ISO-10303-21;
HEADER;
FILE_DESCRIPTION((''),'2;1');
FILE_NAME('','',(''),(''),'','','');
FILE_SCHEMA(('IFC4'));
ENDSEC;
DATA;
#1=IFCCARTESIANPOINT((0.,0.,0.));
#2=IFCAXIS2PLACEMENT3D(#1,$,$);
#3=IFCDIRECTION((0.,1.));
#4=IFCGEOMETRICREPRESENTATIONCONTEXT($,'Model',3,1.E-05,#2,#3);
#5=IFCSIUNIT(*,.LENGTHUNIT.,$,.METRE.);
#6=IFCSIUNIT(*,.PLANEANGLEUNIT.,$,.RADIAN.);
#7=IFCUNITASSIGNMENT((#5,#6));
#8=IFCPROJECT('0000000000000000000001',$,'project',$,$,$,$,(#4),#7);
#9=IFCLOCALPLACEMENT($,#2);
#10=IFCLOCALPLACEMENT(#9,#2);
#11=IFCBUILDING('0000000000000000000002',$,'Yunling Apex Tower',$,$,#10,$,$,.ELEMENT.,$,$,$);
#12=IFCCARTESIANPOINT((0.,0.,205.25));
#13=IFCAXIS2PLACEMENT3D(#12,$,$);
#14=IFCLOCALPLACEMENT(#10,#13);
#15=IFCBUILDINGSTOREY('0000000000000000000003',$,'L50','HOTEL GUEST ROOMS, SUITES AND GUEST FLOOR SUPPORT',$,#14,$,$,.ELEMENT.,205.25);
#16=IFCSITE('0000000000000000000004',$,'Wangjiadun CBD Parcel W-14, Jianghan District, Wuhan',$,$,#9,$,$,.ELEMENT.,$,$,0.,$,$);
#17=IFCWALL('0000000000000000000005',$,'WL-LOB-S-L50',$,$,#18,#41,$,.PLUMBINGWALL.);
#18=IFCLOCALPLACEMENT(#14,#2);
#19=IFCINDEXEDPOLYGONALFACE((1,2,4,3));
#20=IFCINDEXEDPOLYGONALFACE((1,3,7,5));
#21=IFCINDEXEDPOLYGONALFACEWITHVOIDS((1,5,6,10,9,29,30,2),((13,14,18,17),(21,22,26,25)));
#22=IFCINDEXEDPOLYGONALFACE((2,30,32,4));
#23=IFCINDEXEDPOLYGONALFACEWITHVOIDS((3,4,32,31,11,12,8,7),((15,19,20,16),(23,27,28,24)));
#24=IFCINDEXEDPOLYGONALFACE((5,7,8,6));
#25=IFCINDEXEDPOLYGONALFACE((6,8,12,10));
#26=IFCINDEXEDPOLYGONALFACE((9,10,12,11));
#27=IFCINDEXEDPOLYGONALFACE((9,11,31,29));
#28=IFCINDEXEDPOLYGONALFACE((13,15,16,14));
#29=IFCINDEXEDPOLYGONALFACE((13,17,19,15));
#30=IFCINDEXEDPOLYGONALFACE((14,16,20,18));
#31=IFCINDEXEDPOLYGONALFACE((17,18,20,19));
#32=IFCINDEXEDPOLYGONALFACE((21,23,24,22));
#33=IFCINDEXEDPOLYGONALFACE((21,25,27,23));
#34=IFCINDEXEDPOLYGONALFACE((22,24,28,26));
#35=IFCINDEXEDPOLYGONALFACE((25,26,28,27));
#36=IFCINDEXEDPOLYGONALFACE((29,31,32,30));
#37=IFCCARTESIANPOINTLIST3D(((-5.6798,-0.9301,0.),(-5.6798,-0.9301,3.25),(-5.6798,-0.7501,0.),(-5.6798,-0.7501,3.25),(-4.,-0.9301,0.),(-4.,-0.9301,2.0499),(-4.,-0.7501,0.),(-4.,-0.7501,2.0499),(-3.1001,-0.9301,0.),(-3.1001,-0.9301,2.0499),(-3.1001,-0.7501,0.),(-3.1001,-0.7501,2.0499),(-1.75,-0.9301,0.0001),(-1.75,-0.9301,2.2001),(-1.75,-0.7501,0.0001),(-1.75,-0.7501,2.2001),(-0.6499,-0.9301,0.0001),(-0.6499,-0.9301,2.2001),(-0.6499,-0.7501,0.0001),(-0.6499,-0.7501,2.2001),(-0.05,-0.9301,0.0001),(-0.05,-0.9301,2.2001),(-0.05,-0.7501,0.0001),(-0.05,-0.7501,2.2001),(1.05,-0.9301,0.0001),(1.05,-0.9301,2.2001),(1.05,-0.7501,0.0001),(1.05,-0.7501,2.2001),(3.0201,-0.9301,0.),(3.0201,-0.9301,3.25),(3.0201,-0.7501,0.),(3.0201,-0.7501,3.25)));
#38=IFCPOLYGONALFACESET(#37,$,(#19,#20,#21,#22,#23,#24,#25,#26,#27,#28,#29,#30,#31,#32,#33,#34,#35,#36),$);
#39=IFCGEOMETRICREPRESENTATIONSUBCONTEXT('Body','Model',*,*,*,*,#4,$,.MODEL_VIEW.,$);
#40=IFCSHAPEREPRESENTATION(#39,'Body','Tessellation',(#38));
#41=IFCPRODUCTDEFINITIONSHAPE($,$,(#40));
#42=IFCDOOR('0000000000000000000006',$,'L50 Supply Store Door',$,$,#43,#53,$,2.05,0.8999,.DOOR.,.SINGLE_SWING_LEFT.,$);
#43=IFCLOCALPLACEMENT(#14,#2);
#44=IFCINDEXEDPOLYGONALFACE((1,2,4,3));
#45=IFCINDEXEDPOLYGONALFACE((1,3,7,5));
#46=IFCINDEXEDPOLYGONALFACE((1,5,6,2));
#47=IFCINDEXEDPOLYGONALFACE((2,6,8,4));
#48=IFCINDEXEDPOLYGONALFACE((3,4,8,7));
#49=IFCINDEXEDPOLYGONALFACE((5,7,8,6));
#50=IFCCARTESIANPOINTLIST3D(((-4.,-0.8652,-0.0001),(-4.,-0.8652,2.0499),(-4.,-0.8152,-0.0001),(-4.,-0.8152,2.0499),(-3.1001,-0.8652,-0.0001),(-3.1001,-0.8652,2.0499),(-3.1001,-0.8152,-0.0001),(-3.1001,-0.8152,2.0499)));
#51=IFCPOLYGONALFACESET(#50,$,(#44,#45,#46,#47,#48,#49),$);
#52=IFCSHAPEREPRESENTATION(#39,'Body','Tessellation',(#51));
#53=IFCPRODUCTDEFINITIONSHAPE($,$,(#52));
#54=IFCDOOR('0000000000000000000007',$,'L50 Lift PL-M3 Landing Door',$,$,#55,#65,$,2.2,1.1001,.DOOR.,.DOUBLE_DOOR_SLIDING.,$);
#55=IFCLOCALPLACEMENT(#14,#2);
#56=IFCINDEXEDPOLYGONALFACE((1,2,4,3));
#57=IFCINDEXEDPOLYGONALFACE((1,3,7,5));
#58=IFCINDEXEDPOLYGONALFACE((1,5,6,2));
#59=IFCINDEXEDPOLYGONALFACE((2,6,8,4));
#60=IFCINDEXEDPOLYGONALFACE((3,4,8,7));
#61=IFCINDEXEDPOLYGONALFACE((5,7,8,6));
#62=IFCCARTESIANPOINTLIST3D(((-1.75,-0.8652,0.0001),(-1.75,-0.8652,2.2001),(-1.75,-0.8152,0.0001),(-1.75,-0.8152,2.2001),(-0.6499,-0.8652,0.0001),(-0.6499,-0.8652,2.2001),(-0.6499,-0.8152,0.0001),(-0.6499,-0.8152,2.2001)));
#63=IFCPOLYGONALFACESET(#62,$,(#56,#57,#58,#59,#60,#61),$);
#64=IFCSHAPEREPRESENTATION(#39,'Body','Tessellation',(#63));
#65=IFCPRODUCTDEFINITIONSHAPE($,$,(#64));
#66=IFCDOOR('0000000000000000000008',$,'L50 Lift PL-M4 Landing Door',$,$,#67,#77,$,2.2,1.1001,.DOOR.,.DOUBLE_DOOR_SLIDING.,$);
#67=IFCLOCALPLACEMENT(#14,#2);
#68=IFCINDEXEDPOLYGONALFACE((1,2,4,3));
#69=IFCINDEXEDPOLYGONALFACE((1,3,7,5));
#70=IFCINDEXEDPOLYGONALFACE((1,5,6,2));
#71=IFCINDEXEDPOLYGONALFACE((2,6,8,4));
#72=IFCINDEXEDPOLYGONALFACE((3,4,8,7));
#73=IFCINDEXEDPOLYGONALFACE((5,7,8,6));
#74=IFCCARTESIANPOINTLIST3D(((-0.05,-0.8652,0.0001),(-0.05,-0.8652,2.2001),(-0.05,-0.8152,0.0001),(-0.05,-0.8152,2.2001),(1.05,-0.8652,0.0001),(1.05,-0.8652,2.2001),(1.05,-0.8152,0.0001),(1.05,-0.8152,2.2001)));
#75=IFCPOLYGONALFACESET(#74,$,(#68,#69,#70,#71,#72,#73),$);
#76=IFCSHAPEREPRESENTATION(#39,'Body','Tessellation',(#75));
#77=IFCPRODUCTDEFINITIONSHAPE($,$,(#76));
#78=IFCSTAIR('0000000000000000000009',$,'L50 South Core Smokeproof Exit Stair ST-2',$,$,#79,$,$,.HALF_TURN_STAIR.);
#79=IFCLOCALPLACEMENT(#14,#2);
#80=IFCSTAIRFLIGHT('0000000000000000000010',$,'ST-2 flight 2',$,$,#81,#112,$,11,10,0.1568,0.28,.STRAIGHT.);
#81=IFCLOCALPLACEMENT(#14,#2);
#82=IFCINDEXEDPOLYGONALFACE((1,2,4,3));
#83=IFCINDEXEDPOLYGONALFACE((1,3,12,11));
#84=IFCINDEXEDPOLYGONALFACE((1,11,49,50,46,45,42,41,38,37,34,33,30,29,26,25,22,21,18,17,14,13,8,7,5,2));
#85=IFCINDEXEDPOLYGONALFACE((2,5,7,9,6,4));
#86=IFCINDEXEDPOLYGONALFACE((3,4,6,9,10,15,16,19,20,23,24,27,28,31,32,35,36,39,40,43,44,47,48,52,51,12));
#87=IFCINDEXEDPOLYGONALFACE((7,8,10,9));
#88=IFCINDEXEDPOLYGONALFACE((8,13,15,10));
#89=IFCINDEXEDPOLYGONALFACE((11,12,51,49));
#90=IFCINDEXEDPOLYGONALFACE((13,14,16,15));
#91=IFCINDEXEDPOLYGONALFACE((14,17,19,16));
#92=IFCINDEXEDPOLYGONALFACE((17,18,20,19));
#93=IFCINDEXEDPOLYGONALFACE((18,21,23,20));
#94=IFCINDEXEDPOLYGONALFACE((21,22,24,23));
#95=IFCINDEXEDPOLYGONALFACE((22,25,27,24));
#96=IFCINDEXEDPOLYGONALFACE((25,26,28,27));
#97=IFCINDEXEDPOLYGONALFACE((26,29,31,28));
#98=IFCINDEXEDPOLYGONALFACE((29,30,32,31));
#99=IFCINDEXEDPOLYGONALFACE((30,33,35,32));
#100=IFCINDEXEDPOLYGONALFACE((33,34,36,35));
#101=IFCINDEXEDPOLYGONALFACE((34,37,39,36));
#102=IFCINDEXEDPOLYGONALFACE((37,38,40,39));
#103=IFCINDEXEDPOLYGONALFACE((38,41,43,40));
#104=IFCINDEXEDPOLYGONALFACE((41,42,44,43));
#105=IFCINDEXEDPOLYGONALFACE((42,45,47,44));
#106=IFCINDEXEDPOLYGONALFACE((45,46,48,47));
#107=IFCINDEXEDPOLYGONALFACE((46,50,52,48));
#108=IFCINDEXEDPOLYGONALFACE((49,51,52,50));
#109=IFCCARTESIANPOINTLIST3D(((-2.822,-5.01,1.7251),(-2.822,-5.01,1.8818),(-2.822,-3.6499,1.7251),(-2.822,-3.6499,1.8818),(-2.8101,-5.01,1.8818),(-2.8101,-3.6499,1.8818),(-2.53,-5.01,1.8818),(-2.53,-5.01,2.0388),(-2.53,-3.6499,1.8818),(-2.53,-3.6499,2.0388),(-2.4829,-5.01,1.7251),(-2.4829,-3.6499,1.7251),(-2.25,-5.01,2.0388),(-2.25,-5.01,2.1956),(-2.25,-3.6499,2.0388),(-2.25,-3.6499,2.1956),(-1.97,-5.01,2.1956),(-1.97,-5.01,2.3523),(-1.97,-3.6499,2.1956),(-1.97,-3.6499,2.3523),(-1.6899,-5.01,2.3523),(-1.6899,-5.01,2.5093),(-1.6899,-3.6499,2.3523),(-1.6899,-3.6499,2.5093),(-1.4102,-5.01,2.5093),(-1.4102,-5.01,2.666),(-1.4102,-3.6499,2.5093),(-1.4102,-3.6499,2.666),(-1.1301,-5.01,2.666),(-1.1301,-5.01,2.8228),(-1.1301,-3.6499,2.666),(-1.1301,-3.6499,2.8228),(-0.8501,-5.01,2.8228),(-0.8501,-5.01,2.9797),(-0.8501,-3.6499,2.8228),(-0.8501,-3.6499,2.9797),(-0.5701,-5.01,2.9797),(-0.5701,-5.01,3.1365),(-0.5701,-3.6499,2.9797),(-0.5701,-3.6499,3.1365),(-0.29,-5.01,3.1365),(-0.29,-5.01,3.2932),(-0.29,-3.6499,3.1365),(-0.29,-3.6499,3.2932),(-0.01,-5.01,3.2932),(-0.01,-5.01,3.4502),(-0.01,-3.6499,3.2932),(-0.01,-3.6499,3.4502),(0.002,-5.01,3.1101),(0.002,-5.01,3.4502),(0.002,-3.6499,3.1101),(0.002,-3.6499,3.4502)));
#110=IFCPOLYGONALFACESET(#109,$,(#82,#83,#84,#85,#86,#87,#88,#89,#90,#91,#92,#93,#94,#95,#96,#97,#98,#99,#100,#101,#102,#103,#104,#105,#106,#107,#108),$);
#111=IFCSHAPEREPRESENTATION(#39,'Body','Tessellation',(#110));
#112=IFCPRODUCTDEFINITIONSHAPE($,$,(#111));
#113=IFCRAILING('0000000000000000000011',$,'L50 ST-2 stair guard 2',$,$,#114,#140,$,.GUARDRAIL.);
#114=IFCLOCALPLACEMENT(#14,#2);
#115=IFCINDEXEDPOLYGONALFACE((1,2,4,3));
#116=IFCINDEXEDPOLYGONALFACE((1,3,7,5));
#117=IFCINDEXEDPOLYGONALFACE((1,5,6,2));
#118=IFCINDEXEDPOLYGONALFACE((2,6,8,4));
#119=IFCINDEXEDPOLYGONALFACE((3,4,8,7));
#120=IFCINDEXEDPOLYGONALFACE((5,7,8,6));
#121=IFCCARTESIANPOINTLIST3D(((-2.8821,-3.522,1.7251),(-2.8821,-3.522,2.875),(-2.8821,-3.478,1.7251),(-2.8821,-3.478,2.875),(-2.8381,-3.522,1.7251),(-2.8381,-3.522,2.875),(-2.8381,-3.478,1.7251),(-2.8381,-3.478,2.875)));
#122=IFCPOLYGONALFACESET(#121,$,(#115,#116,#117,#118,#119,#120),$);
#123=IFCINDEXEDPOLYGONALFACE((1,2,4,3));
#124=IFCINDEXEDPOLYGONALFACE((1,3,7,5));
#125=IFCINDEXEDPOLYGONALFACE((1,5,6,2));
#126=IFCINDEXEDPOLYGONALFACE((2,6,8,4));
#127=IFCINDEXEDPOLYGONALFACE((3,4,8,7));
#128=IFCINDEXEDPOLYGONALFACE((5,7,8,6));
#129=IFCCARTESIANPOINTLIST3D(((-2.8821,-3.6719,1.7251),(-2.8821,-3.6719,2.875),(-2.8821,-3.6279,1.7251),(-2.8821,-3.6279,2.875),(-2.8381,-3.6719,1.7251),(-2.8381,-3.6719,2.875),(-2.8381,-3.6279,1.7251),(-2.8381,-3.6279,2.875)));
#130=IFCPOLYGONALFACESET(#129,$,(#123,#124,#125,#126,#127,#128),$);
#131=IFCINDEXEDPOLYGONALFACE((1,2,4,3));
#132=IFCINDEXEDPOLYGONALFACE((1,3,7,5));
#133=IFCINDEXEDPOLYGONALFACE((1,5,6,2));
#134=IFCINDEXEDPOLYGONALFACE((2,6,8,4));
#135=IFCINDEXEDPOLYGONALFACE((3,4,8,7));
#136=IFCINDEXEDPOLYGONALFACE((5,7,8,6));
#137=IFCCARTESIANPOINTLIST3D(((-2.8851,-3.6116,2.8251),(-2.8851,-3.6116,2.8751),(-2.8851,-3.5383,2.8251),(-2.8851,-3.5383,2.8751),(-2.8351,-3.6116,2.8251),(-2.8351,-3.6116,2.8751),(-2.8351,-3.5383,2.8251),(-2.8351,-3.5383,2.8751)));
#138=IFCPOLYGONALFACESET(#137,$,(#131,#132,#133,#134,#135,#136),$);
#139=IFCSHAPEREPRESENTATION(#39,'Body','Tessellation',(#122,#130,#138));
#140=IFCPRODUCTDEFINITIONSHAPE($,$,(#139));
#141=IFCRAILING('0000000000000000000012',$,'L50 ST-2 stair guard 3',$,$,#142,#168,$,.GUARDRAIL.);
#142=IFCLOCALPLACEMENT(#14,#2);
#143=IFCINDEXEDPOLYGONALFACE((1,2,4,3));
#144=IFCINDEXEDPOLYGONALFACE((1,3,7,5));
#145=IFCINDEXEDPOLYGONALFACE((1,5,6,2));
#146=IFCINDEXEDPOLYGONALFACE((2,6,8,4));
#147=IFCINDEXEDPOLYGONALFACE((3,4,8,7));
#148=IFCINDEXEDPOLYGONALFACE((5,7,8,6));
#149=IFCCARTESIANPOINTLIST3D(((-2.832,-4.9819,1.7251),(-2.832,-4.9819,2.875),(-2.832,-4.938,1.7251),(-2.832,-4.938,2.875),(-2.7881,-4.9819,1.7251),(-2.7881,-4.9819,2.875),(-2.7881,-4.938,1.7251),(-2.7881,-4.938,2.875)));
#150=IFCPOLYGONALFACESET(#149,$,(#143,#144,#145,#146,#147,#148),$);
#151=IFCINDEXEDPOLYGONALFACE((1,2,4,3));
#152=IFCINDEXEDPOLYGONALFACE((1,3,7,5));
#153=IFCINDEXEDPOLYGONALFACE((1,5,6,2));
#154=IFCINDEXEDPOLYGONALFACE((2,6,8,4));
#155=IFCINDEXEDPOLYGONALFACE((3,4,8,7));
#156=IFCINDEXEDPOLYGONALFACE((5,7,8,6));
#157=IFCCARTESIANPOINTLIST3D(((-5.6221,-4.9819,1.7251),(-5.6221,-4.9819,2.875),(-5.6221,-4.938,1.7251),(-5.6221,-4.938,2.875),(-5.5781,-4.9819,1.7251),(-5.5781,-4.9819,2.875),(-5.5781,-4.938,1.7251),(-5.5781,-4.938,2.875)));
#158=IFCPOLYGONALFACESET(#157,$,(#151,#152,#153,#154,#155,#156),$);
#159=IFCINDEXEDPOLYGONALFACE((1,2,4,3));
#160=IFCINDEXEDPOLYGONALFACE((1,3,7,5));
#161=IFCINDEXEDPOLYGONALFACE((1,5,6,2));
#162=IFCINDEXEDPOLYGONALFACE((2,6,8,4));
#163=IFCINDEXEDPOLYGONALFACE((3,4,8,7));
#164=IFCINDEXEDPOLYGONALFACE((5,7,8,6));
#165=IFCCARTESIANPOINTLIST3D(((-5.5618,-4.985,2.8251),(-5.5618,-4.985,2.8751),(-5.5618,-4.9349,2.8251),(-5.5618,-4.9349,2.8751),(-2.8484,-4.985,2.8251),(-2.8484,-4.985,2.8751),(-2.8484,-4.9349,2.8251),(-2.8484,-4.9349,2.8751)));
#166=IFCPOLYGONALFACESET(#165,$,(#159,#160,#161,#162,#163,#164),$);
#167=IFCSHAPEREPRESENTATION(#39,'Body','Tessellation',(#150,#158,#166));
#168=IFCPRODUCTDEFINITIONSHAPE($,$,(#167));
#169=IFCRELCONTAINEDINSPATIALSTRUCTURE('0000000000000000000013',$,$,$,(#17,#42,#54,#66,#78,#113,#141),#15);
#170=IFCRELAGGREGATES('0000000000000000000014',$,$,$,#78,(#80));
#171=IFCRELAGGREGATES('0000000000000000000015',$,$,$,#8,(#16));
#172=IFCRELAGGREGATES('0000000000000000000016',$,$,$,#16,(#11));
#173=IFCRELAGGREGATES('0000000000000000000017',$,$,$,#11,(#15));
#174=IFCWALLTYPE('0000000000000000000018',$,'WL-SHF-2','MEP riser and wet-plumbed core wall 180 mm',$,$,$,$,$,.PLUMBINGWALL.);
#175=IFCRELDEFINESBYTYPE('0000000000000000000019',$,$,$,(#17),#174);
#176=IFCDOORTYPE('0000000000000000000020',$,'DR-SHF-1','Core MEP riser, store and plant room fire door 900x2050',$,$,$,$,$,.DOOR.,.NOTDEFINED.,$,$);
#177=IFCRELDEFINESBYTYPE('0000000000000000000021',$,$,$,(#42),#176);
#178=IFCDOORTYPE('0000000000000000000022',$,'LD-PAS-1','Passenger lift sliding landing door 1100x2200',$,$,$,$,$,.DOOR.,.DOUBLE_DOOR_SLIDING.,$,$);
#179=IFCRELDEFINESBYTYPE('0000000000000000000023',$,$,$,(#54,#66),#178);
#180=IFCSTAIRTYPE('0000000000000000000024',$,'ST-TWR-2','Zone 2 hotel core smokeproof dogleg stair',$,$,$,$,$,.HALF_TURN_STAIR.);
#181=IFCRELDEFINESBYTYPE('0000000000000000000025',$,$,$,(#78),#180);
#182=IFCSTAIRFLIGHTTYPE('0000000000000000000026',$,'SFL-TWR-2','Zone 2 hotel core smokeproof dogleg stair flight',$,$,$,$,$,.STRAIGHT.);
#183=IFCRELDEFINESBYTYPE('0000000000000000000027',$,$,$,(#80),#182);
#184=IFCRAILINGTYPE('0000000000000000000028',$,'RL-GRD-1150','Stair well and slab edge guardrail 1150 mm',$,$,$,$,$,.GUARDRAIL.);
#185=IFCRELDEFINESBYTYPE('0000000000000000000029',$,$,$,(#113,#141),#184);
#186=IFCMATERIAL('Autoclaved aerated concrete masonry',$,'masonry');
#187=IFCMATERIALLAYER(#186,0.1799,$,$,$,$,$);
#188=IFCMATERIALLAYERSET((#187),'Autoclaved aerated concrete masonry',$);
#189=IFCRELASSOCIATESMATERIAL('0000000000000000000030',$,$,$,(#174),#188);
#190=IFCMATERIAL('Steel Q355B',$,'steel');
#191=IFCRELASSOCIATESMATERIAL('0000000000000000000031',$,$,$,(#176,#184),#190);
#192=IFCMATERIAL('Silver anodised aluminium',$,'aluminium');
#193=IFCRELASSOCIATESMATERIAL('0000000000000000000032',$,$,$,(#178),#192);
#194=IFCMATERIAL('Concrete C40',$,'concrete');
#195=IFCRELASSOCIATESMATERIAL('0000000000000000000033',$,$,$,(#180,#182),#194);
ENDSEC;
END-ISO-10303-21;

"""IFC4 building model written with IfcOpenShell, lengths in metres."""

from ifc_helpers import new_model, si_unit, direction, frame, frame_2d, origin, origin_2d, place, context, subcontext, project, spatial, polyline, rectangle, outline, extrude, material, layer, layer_set, type_object, element, fill, aggregate, save


model = new_model("IFC4")

# Units and contexts
model_context = context("Model", 3, precision=1e-05, world=origin(), true_north=direction((0.0, 1.0)))
body_context = subcontext(model_context, "Body", "Model", "MODEL_VIEW")
ifc_project = project(units=[si_unit("LENGTHUNIT", "METRE"), si_unit("PLANEANGLEUNIT", "RADIAN")], contexts=[model_context])

# Site, building, storey
site_placement = place(None, origin())
site = spatial("IfcSite", under=ifc_project, at=site_placement, Name="Wangjiadun CBD Parcel W-14, Jianghan District, Wuhan", CompositionType="ELEMENT", RefElevation=0.0)
building_placement = place(site_placement, origin())
building = spatial("IfcBuilding", under=site, at=building_placement, Name="Yunling Apex Tower", CompositionType="ELEMENT")
storey_placement = place(building_placement, frame((0.0, 0.0, 205.25)))
storey = spatial("IfcBuildingStorey", under=building, at=storey_placement, Name="L50", Description="HOTEL GUEST ROOMS, SUITES AND GUEST FLOOR SUPPORT", CompositionType="ELEMENT", Elevation=205.25)

# Shared definitions
ifc_material_1 = material(Name="Steel Q355B", Category="steel")

# Shared definitions
ifc_material_2 = material(Name="Concrete C40", Category="concrete")

# Shared definitions
ifc_material_3 = material(Name="Autoclaved aerated concrete masonry", Category="masonry")

# Wall, openings, doors
ifc_layer_1 = layer(ifc_material_3, 0.1799)
ifc_layer_set_1 = layer_set([ifc_layer_1], Name="Autoclaved aerated concrete masonry")
wall_type_1 = type_object("IfcWallType", Name="WL-SHF-2", Description="MEP riser and wet-plumbed core wall 180 mm", PredefinedType="PLUMBINGWALL", material=ifc_layer_set_1)
wall_1_placement = place(storey_placement, frame((-5.6799, -0.8401, 0.0), z_axis=(0.0, 0.0, 1.0), x_axis=(1.0, 0.0, 0.0)))
wall_1 = element("IfcWall", 1, at=wall_1_placement, inside=storey, type_object=wall_type_1, Name="WL-LOB-S-L50", PredefinedType="PLUMBINGWALL", context=body_context, shape_type="SweptSolid", body=[
    extrude(rectangle(XDim=8.7, YDim=0.1799, at=frame_2d((4.3501, 0.0))), origin(), (0.0, 0.0, 1.0), 3.25),
])
opening_1_placement = place(wall_1_placement, frame((1.6799, 0.0, 0.0)))
opening_1 = element("IfcOpeningElement", 2, at=opening_1_placement, cuts=wall_1, PredefinedType="OPENING", context=body_context, shape_type="SweptSolid", body=[
    extrude(rectangle(XDim=0.8999, YDim=2.05, at=frame_2d((0.45, 1.0249))), frame((0.0, 0.1001, 0.0), z_axis=(0.0, -1.0, 0.0), x_axis=(1.0, 0.0, 0.0)), (0.0, 0.0, 1.0), 0.2),
])
opening_2_placement = place(wall_1_placement, frame((3.9299, 0.0, 0.0)))
opening_2 = element("IfcOpeningElement", 3, at=opening_2_placement, cuts=wall_1, PredefinedType="OPENING", context=body_context, shape_type="SweptSolid", body=[
    extrude(rectangle(XDim=1.1001, YDim=2.2, at=frame_2d((0.55, 1.1001))), frame((0.0, 0.1001, 0.0), z_axis=(0.0, -1.0, 0.0), x_axis=(1.0, 0.0, 0.0)), (0.0, 0.0, 1.0), 0.2),
])
opening_3_placement = place(wall_1_placement, frame((5.6299, 0.0, 0.0)))
opening_3 = element("IfcOpeningElement", 4, at=opening_3_placement, cuts=wall_1, PredefinedType="OPENING", context=body_context, shape_type="SweptSolid", body=[
    extrude(rectangle(XDim=1.1001, YDim=2.2, at=frame_2d((0.55, 1.1001))), frame((0.0, 0.1001, 0.0), z_axis=(0.0, -1.0, 0.0), x_axis=(1.0, 0.0, 0.0)), (0.0, 0.0, 1.0), 0.2),
])
door_type_1 = type_object("IfcDoorType", Name="DR-SHF-1", Description="Core MEP riser, store and plant room fire door 900x2050", OperationType="NOTDEFINED", PredefinedType="DOOR", material=ifc_material_1)
door_1_placement = place(opening_1_placement, origin())
door_1 = element("IfcDoor", 5, at=door_1_placement, inside=storey, type_object=door_type_1, Name="L50 Supply Store Door", OperationType="SINGLE_SWING_LEFT", OverallHeight=2.05, OverallWidth=0.8999, PredefinedType="DOOR", context=body_context, shape_type="SweptSolid", body=[
    extrude(rectangle(XDim=0.8999, YDim=2.05, at=frame_2d((0.45, 1.0249))), frame((0.0, 0.0249, 0.0), z_axis=(0.0, -1.0, 0.0), x_axis=(1.0, 0.0, 0.0)), (0.0, 0.0, 1.0), 0.05),
])
fill(opening_1, door_1)
ifc_material_4 = material(Name="Silver anodised aluminium", Category="aluminium")
door_type_2 = type_object("IfcDoorType", Name="LD-PAS-1", Description="Passenger lift sliding landing door 1100x2200", OperationType="DOUBLE_DOOR_SLIDING", PredefinedType="DOOR", material=ifc_material_4)
door_2_placement = place(opening_2_placement, origin())
door_2 = element("IfcDoor", 6, at=door_2_placement, inside=storey, type_object=door_type_2, Name="L50 Lift PL-M3 Landing Door", OperationType="DOUBLE_DOOR_SLIDING", OverallHeight=2.2, OverallWidth=1.1001, PredefinedType="DOOR", context=body_context, shape_type="SweptSolid", body=[
    extrude(rectangle(XDim=1.1001, YDim=2.2, at=frame_2d((0.55, 1.1001))), frame((0.0, 0.0249, 0.0), z_axis=(0.0, -1.0, 0.0), x_axis=(1.0, 0.0, 0.0)), (0.0, 0.0, 1.0), 0.05),
])
fill(opening_2, door_2)
door_3_placement = place(opening_3_placement, origin())
door_3 = element("IfcDoor", 7, at=door_3_placement, inside=storey, type_object=door_type_2, Name="L50 Lift PL-M4 Landing Door", OperationType="DOUBLE_DOOR_SLIDING", OverallHeight=2.2, OverallWidth=1.1001, PredefinedType="DOOR", context=body_context, shape_type="SweptSolid", body=[
    extrude(rectangle(XDim=1.1001, YDim=2.2, at=frame_2d((0.55, 1.1001))), frame((0.0, 0.0249, 0.0), z_axis=(0.0, -1.0, 0.0), x_axis=(1.0, 0.0, 0.0)), (0.0, 0.0, 1.0), 0.05),
])
fill(opening_3, door_3)

# Stair, stair flight
stair_type = type_object("IfcStairType", Name="ST-TWR-2", Description="Zone 2 hotel core smokeproof dogleg stair", PredefinedType="HALF_TURN_STAIR", material=ifc_material_2)
stair_placement = place(storey_placement, origin())
stair = element("IfcStair", 8, at=stair_placement, inside=storey, type_object=stair_type, Name="L50 South Core Smokeproof Exit Stair ST-2", PredefinedType="HALF_TURN_STAIR")
stair_flight_type = type_object("IfcStairFlightType", Name="SFL-TWR-2", Description="Zone 2 hotel core smokeproof dogleg stair flight", PredefinedType="STRAIGHT", material=ifc_material_2)
stair_flight_placement = place(storey_placement, frame((-2.8101, -4.3301, 1.7251), z_axis=(0.0, 0.0, 1.0), x_axis=(1.0, 0.0, 0.0)))
stair_flight = element("IfcStairFlight", 9, at=stair_flight_placement, type_object=stair_flight_type, Name="ST-2 flight 2", NumberOfRisers=11, NumberOfTreads=10, PredefinedType="STRAIGHT", RiserHeight=0.1568, TreadLength=0.28, context=body_context, shape_type="SweptSolid", body=[
    extrude(outline(polyline([(-0.012, 0.0), (-0.012, 0.1567), (0.0, 0.1567), (0.28, 0.1567), (0.28, 0.3137), (0.5601, 0.3137), (0.5601, 0.4705), (0.8401, 0.4705), (0.8401, 0.6272), (1.1201, 0.6272), (1.1201, 0.7842), (1.3999, 0.7842), (1.3999, 0.9409), (1.6799, 0.9409), (1.6799, 1.0977), (1.96, 1.0977), (1.96, 1.2546), (2.24, 1.2546), (2.24, 1.4114), (2.52, 1.4114), (2.52, 1.5681), (2.8, 1.5681), (2.8, 1.7251), (2.812, 1.7251), (2.812, 1.385), (0.3271, 0.0), (-0.012, 0.0)])), frame((0.0, 0.6802, 0.0), z_axis=(0.0, -1.0, 0.0), x_axis=(1.0, 0.0, 0.0)), (0.0, 0.0, 1.0), 1.3601),
])
aggregate(stair, [stair_flight])

# Railings
railing_type_1 = type_object("IfcRailingType", Name="RL-GRD-1150", Description="Stair well and slab edge guardrail 1150 mm", PredefinedType="GUARDRAIL", material=ifc_material_1)
railing_1_placement = place(storey_placement, frame((-2.8601, -3.5, 1.7251)))
element("IfcRailing", 10, at=railing_1_placement, inside=storey, type_object=railing_type_1, Name="L50 ST-2 stair guard 2", PredefinedType="GUARDRAIL", context=body_context, shape_type="SweptSolid", body=[
    extrude(rectangle(XDim=0.0439, YDim=0.0439, at=origin_2d()), origin(), (0.0, 0.0, 1.0), 1.1499),
    extrude(rectangle(XDim=0.0439, YDim=0.0439, at=origin_2d()), frame((0.0, -0.1499, 0.0)), (0.0, 0.0, 1.0), 1.1499),
    extrude(rectangle(XDim=0.05, YDim=0.05, at=origin_2d()), frame((0.0, -0.0383, 1.125), z_axis=(0.0, -1.0, 0.0), x_axis=(1.0, 0.0, 0.0)), (0.0, 0.0, 1.0), 0.0732),
])
railing_2_placement = place(storey_placement, frame((-2.8101, -4.96, 1.7251)))
element("IfcRailing", 11, at=railing_2_placement, inside=storey, type_object=railing_type_1, Name="L50 ST-2 stair guard 3", PredefinedType="GUARDRAIL", context=body_context, shape_type="SweptSolid", body=[
    extrude(rectangle(XDim=0.0439, YDim=0.0439, at=origin_2d()), origin(), (0.0, 0.0, 1.0), 1.1499),
    extrude(rectangle(XDim=0.0439, YDim=0.0439, at=origin_2d()), frame((-2.79, 0.0, 0.0)), (0.0, 0.0, 1.0), 1.1499),
    extrude(rectangle(XDim=0.05, YDim=0.05, at=origin_2d()), frame((-0.0383, 0.0, 1.125), z_axis=(-1.0, 0.0, 0.0), x_axis=(0.0, -1.0, 0.0)), (0.0, 0.0, 1.0), 2.7134),
])

save(model, "model.ifc")
